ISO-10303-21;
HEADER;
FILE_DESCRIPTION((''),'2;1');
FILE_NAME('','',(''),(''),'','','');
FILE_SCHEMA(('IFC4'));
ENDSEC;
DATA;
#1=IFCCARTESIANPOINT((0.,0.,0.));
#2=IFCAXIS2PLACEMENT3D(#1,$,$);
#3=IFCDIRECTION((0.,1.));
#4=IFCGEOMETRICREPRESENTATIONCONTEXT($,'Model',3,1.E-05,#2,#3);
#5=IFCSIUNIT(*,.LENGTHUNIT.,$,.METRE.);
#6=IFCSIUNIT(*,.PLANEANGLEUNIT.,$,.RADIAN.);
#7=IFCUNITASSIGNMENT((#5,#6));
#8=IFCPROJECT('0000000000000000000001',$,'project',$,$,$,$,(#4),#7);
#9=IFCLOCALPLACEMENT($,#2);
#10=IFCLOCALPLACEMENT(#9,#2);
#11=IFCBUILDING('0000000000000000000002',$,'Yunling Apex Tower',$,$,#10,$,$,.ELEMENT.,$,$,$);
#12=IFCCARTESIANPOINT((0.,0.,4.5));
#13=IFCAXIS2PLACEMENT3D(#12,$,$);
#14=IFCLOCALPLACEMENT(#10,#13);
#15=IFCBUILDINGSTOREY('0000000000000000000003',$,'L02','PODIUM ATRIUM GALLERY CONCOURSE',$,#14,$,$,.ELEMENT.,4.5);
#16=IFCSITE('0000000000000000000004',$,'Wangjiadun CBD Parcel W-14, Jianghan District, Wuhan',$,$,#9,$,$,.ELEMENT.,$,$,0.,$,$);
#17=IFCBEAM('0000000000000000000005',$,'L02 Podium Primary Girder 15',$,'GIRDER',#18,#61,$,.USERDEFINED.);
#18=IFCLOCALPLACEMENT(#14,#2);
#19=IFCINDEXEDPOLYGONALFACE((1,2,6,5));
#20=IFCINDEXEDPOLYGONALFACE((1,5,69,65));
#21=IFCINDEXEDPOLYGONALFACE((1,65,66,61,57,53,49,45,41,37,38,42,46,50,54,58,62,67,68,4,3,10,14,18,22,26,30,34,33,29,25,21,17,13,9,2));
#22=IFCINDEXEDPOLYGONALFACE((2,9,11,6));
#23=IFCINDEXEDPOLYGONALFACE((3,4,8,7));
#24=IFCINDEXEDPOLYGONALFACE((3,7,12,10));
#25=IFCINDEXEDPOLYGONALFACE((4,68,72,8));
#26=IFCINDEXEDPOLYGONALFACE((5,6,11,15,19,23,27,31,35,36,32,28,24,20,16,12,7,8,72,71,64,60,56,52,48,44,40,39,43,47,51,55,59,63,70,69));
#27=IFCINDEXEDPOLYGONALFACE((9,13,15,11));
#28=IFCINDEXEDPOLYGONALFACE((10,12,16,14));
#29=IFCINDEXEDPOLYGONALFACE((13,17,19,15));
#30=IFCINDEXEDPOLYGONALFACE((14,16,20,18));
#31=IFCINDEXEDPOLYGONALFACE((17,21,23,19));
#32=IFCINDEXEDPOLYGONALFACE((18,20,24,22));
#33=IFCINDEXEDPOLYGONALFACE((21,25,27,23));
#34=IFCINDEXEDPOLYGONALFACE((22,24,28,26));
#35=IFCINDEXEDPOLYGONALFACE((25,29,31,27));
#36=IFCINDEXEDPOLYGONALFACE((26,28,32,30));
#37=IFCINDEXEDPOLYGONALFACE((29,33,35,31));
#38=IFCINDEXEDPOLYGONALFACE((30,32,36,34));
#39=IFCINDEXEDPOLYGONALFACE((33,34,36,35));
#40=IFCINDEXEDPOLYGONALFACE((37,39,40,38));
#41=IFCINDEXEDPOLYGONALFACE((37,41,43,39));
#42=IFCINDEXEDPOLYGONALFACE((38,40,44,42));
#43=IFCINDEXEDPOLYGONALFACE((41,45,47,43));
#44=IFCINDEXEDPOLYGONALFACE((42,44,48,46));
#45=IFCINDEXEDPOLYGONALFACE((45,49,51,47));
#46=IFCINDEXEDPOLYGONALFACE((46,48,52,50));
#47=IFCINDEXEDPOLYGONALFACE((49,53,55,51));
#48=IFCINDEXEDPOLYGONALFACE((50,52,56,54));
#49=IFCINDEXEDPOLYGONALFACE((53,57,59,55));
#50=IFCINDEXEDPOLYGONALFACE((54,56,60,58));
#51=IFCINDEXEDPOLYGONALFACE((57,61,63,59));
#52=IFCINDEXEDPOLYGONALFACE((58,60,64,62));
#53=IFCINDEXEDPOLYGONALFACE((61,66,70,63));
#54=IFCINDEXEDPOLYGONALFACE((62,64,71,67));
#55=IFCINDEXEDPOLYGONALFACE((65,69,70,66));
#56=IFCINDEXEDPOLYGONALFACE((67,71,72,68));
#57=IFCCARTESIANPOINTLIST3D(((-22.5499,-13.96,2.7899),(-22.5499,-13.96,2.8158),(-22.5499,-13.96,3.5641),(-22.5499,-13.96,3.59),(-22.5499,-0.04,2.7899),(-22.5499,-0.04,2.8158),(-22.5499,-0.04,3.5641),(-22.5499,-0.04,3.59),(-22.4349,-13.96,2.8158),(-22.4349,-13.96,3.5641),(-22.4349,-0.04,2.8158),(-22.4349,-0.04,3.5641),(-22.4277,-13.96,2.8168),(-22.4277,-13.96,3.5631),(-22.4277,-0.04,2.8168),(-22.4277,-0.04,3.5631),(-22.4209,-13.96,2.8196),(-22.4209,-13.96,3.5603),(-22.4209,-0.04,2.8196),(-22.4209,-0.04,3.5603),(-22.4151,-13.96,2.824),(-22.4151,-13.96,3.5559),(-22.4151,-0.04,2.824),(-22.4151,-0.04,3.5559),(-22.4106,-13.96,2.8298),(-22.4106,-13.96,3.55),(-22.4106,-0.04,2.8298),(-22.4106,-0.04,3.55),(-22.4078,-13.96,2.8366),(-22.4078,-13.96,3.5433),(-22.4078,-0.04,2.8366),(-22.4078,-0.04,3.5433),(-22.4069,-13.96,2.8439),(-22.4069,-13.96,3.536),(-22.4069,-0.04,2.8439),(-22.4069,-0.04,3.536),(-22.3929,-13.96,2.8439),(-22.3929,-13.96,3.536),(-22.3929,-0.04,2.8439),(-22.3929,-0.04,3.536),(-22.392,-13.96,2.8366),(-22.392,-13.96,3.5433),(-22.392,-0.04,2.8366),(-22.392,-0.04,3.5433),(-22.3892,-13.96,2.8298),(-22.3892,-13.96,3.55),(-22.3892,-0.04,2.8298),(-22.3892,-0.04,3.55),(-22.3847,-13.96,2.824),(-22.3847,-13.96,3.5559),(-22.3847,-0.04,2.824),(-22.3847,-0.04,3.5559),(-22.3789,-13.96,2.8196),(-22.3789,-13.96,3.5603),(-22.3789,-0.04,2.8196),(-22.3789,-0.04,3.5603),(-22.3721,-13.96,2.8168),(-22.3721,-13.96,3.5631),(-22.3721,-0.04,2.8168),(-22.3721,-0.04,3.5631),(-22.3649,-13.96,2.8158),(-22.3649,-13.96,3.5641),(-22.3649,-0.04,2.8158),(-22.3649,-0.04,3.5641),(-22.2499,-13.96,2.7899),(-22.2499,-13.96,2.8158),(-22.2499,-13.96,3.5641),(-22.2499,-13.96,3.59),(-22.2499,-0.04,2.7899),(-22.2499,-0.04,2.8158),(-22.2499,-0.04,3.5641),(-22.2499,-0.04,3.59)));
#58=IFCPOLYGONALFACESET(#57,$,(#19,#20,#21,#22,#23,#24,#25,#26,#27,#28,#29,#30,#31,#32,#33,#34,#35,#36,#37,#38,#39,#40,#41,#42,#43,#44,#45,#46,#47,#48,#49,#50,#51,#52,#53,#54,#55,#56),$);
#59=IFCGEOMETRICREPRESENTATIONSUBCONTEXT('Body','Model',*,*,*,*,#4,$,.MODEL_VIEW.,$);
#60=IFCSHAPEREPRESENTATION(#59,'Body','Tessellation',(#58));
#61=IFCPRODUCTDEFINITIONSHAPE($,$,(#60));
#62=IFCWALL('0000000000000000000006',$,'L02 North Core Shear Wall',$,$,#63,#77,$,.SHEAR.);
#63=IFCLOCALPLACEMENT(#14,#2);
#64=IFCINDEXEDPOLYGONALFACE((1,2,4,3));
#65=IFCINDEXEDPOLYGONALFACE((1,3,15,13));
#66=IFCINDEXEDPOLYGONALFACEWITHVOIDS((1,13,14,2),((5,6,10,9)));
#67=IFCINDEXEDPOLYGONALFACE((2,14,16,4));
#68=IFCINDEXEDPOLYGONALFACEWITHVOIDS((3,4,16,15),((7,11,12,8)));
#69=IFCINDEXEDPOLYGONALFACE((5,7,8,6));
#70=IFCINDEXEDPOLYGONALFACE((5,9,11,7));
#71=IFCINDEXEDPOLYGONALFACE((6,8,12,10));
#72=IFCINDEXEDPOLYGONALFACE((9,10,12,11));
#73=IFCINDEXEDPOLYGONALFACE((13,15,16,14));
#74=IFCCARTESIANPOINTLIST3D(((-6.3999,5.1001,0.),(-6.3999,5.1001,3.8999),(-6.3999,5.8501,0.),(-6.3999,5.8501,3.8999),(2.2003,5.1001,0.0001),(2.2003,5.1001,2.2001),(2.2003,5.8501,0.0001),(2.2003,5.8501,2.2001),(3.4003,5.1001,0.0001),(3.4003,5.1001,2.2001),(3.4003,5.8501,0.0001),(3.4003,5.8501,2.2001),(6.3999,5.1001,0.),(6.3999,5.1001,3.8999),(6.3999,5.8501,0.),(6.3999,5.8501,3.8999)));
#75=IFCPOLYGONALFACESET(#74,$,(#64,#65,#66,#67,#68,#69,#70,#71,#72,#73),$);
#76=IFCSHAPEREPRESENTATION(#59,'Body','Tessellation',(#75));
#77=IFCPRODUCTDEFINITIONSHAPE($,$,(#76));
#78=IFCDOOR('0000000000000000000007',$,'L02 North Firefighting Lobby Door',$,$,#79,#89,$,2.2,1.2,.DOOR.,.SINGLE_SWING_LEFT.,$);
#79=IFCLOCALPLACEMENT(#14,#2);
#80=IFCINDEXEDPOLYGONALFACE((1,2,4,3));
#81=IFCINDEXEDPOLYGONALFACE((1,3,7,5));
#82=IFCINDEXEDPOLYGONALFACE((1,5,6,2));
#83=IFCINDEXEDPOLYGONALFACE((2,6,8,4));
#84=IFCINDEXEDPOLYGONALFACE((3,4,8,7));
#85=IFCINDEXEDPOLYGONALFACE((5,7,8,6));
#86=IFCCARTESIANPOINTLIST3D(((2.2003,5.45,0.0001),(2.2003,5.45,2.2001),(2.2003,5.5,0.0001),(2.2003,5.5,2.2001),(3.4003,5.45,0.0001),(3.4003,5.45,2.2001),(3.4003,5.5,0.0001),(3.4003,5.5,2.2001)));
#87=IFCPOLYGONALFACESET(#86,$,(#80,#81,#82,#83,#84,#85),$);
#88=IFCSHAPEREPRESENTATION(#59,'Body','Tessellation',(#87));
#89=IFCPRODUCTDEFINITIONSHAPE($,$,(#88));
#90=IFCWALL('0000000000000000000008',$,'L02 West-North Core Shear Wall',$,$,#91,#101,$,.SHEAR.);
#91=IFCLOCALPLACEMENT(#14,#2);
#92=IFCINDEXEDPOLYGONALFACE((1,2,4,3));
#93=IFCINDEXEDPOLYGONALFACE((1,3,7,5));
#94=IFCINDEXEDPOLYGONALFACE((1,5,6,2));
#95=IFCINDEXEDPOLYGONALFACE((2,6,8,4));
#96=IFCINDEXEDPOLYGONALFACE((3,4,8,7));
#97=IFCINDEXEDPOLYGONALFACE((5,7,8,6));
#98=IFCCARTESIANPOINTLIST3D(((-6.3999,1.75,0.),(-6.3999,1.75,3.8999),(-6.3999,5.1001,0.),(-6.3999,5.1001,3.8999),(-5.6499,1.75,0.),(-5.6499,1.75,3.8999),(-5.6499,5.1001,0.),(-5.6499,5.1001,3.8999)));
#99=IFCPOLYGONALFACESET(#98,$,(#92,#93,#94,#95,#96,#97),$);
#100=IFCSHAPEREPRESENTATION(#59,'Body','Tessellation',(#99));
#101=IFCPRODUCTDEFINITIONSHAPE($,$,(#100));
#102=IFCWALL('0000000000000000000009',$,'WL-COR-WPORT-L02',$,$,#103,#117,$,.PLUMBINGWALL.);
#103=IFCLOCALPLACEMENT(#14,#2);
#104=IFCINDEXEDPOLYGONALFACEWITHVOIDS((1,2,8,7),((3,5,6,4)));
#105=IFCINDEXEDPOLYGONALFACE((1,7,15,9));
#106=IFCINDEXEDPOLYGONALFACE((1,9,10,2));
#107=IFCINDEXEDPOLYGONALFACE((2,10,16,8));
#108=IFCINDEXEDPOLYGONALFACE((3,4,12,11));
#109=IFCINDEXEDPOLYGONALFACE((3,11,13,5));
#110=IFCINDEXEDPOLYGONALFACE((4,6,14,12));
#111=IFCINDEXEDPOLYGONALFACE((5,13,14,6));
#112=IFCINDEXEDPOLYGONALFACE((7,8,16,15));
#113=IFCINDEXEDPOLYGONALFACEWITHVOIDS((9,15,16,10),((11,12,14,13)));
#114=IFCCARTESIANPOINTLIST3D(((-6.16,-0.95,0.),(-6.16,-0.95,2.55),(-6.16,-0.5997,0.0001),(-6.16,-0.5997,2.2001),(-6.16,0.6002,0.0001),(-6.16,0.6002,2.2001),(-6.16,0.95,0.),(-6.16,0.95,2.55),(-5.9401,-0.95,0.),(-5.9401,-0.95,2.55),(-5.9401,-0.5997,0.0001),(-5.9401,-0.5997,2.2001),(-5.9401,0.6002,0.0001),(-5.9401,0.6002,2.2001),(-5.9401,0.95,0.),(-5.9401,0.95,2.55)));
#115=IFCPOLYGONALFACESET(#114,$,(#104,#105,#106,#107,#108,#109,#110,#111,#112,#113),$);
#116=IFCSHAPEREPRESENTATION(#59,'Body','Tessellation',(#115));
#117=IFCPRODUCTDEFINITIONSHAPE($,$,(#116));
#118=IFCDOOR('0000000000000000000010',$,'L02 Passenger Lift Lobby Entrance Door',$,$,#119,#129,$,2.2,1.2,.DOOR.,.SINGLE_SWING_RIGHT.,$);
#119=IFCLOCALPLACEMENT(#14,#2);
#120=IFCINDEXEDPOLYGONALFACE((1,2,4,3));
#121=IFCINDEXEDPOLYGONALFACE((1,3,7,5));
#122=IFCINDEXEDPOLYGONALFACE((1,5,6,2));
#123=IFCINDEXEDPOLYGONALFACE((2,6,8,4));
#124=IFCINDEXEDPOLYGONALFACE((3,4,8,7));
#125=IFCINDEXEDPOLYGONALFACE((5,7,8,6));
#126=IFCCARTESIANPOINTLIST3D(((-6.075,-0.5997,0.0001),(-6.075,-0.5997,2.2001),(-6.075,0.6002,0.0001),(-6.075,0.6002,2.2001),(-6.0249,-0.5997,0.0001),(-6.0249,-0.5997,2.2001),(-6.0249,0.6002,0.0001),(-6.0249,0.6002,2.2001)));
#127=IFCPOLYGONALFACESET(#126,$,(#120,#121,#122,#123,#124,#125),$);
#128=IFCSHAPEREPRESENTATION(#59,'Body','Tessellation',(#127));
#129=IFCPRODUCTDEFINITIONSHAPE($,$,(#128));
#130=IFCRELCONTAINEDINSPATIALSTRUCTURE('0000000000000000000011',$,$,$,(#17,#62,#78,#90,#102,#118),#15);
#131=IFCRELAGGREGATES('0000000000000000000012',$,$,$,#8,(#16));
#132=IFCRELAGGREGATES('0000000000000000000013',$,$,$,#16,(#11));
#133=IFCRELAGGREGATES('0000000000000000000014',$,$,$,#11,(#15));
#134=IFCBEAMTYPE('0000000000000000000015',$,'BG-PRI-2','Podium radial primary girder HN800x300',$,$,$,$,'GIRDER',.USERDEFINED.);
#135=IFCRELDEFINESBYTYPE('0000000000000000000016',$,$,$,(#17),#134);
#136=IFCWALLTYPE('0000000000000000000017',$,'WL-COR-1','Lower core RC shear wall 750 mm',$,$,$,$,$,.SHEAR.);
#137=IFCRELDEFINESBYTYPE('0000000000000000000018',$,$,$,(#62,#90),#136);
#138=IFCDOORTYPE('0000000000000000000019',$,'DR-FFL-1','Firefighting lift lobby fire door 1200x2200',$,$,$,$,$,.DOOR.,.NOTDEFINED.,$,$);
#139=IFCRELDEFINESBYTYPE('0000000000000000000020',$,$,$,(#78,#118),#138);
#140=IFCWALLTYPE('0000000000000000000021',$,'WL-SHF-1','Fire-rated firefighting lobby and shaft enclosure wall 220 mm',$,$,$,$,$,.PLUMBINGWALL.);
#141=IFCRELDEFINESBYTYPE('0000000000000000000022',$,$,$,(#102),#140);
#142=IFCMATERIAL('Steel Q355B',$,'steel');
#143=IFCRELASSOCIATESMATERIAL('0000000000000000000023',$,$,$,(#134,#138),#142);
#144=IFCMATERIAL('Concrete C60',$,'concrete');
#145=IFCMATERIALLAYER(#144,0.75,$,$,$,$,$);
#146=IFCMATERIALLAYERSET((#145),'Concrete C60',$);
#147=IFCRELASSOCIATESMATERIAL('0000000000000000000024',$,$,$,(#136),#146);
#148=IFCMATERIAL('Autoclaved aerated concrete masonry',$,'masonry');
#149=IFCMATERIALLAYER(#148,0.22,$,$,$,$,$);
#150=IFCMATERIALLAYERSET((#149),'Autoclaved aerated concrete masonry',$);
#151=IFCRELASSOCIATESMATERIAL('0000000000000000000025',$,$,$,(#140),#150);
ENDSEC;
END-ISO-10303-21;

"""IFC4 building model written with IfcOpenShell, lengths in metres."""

from ifc_helpers import new_model, si_unit, direction, frame, frame_2d, origin, origin_2d, place, context, subcontext, project, spatial, rectangle, i_section, extrude, source, transform, mapped, material, layer, layer_set, material_profile, profile_set, type_object, element, fill, save


model = new_model("IFC4")

# Units and contexts
model_context = context("Model", 3, precision=1e-05, world=origin(), true_north=direction((0.0, 1.0)))
body_context = subcontext(model_context, "Body", "Model", "MODEL_VIEW")
ifc_project = project(units=[si_unit("LENGTHUNIT", "METRE"), si_unit("PLANEANGLEUNIT", "RADIAN")], contexts=[model_context])

# Site, building, storey
site_placement = place(None, origin())
site = spatial("IfcSite", under=ifc_project, at=site_placement, Name="Wangjiadun CBD Parcel W-14, Jianghan District, Wuhan", CompositionType="ELEMENT", RefElevation=0.0)
building_placement = place(site_placement, origin())
building = spatial("IfcBuilding", under=site, at=building_placement, Name="Yunling Apex Tower", CompositionType="ELEMENT")
storey_placement = place(building_placement, frame((0.0, 0.0, 4.5)))
storey = spatial("IfcBuildingStorey", under=building, at=storey_placement, Name="L02", Description="PODIUM ATRIUM GALLERY CONCOURSE", CompositionType="ELEMENT", Elevation=4.5)

# Shared definitions
ifc_material_1 = material(Name="Concrete C60", Category="concrete")

# Beam
ifc_material_2 = material(Name="Steel Q355B", Category="steel")
ifc_material_profile_1 = material_profile(ifc_material_2, i_section(OverallWidth=0.3, OverallDepth=0.8, WebThickness=0.0139, FlangeThickness=0.0259, FilletRadius=0.0281, at=origin_2d()))
ifc_profile_set_1 = profile_set([ifc_material_profile_1], Name="Steel Q355B")
beam_type_1 = type_object("IfcBeamType", Name="BG-PRI-2", Description="Podium radial primary girder HN800x300", ElementType="GIRDER", PredefinedType="USERDEFINED", material=ifc_profile_set_1)
shared_shape_1 = source(origin(), body_context, "Body", "SweptSolid", [
    extrude(i_section(OverallWidth=0.3, OverallDepth=0.8, WebThickness=0.0139, FlangeThickness=0.0259, FilletRadius=0.0281, at=origin_2d()), origin(), (0.0, 0.0, 1.0), 13.9199),
])
for number, where, z_axis, x_axis, name in (
    (1, (-22.3999, -0.04, 3.1899), (0.0, -1.0, 0.0), (1.0, 0.0, 0.0), "L02 Podium Primary Girder 15"),
):
    element("IfcBeam", number, at=place(storey_placement, frame(where, z_axis=z_axis, x_axis=x_axis)), inside=storey, type_object=beam_type_1, Name=name, ObjectType="GIRDER", PredefinedType="USERDEFINED", context=body_context, shape_type="MappedRepresentation", body=[
        mapped(shared_shape_1, transform((0.0, 0.0, 0.0), scale=1.0)),
    ])

# Wall, opening, door
ifc_layer_1 = layer(ifc_material_1, 0.75)
ifc_layer_set_1 = layer_set([ifc_layer_1], Name="Concrete C60")
wall_type_1 = type_object("IfcWallType", Name="WL-COR-1", Description="Lower core RC shear wall 750 mm", PredefinedType="SHEAR", material=ifc_layer_set_1)
wall_1_placement = place(storey_placement, frame((-6.3999, 5.4751, 0.0), z_axis=(0.0, 0.0, 1.0), x_axis=(1.0, 0.0, 0.0)))
wall_1 = element("IfcWall", 2, at=wall_1_placement, inside=storey, type_object=wall_type_1, Name="L02 North Core Shear Wall", PredefinedType="SHEAR", context=body_context, shape_type="SweptSolid", body=[
    extrude(rectangle(XDim=12.7998, YDim=0.75, at=frame_2d((6.3999, 0.0))), origin(), (0.0, 0.0, 1.0), 3.8999),
])
opening_1_placement = place(wall_1_placement, frame((8.6001, 0.0, 0.0)))
opening_1 = element("IfcOpeningElement", 3, at=opening_1_placement, cuts=wall_1, PredefinedType="OPENING", context=body_context, shape_type="SweptSolid", body=[
    extrude(rectangle(XDim=1.2, YDim=2.2, at=frame_2d((0.6001, 1.1001))), frame((0.0, 0.385, 0.0), z_axis=(0.0, -1.0, 0.0), x_axis=(1.0, 0.0, 0.0)), (0.0, 0.0, 1.0), 0.77),
])
door_type = type_object("IfcDoorType", Name="DR-FFL-1", Description="Firefighting lift lobby fire door 1200x2200", OperationType="NOTDEFINED", PredefinedType="DOOR", material=ifc_material_2)
door_1_placement = place(opening_1_placement, origin())
door_1 = element("IfcDoor", 4, at=door_1_placement, inside=storey, type_object=door_type, Name="L02 North Firefighting Lobby Door", OperationType="SINGLE_SWING_LEFT", OverallHeight=2.2, OverallWidth=1.2, PredefinedType="DOOR", context=body_context, shape_type="SweptSolid", body=[
    extrude(rectangle(XDim=1.2, YDim=2.2, at=frame_2d((0.6001, 1.1001))), frame((0.0, 0.0249, 0.0), z_axis=(0.0, -1.0, 0.0), x_axis=(1.0, 0.0, 0.0)), (0.0, 0.0, 1.0), 0.05),
])
fill(opening_1, door_1)

# Wall
wall_2_placement = place(storey_placement, frame((-6.0249, 1.75, 0.0), z_axis=(0.0, 0.0, 1.0), x_axis=(0.0, 1.0, 0.0)))
element("IfcWall", 5, at=wall_2_placement, inside=storey, type_object=wall_type_1, Name="L02 West-North Core Shear Wall", PredefinedType="SHEAR", context=body_context, shape_type="SweptSolid", body=[
    extrude(rectangle(XDim=3.3501, YDim=0.75, at=frame_2d((1.675, 0.0))), origin(), (0.0, 0.0, 1.0), 3.8999),
])

# Wall, opening, door
ifc_material_3 = material(Name="Autoclaved aerated concrete masonry", Category="masonry")
ifc_layer_2 = layer(ifc_material_3, 0.22)
ifc_layer_set_2 = layer_set([ifc_layer_2], Name="Autoclaved aerated concrete masonry")
wall_type_2 = type_object("IfcWallType", Name="WL-SHF-1", Description="Fire-rated firefighting lobby and shaft enclosure wall 220 mm", PredefinedType="PLUMBINGWALL", material=ifc_layer_set_2)
wall_3_placement = place(storey_placement, frame((-6.05, -0.95, 0.0), z_axis=(0.0, 0.0, 1.0), x_axis=(0.0, 1.0, 0.0)))
wall_3 = element("IfcWall", 6, at=wall_3_placement, inside=storey, type_object=wall_type_2, Name="WL-COR-WPORT-L02", PredefinedType="PLUMBINGWALL", context=body_context, shape_type="SweptSolid", body=[
    extrude(rectangle(XDim=1.8999, YDim=0.22, at=frame_2d((0.95, 0.0))), origin(), (0.0, 0.0, 1.0), 2.55),
])
opening_2_placement = place(wall_3_placement, frame((0.3501, 0.0, 0.0)))
opening_2 = element("IfcOpeningElement", 7, at=opening_2_placement, cuts=wall_3, PredefinedType="OPENING", context=body_context, shape_type="SweptSolid", body=[
    extrude(rectangle(XDim=1.2, YDim=2.2, at=frame_2d((0.6001, 1.1001))), frame((0.0, 0.1201, 0.0), z_axis=(0.0, -1.0, 0.0), x_axis=(1.0, 0.0, 0.0)), (0.0, 0.0, 1.0), 0.24),
])
door_2_placement = place(opening_2_placement, origin())
door_2 = element("IfcDoor", 8, at=door_2_placement, inside=storey, type_object=door_type, Name="L02 Passenger Lift Lobby Entrance Door", OperationType="SINGLE_SWING_RIGHT", OverallHeight=2.2, OverallWidth=1.2, PredefinedType="DOOR", context=body_context, shape_type="SweptSolid", body=[
    extrude(rectangle(XDim=1.2, YDim=2.2, at=frame_2d((0.6001, 1.1001))), frame((0.0, 0.0249, 0.0), z_axis=(0.0, -1.0, 0.0), x_axis=(1.0, 0.0, 0.0)), (0.0, 0.0, 1.0), 0.05),
])
fill(opening_2, door_2)

save(model, "model.ifc")
